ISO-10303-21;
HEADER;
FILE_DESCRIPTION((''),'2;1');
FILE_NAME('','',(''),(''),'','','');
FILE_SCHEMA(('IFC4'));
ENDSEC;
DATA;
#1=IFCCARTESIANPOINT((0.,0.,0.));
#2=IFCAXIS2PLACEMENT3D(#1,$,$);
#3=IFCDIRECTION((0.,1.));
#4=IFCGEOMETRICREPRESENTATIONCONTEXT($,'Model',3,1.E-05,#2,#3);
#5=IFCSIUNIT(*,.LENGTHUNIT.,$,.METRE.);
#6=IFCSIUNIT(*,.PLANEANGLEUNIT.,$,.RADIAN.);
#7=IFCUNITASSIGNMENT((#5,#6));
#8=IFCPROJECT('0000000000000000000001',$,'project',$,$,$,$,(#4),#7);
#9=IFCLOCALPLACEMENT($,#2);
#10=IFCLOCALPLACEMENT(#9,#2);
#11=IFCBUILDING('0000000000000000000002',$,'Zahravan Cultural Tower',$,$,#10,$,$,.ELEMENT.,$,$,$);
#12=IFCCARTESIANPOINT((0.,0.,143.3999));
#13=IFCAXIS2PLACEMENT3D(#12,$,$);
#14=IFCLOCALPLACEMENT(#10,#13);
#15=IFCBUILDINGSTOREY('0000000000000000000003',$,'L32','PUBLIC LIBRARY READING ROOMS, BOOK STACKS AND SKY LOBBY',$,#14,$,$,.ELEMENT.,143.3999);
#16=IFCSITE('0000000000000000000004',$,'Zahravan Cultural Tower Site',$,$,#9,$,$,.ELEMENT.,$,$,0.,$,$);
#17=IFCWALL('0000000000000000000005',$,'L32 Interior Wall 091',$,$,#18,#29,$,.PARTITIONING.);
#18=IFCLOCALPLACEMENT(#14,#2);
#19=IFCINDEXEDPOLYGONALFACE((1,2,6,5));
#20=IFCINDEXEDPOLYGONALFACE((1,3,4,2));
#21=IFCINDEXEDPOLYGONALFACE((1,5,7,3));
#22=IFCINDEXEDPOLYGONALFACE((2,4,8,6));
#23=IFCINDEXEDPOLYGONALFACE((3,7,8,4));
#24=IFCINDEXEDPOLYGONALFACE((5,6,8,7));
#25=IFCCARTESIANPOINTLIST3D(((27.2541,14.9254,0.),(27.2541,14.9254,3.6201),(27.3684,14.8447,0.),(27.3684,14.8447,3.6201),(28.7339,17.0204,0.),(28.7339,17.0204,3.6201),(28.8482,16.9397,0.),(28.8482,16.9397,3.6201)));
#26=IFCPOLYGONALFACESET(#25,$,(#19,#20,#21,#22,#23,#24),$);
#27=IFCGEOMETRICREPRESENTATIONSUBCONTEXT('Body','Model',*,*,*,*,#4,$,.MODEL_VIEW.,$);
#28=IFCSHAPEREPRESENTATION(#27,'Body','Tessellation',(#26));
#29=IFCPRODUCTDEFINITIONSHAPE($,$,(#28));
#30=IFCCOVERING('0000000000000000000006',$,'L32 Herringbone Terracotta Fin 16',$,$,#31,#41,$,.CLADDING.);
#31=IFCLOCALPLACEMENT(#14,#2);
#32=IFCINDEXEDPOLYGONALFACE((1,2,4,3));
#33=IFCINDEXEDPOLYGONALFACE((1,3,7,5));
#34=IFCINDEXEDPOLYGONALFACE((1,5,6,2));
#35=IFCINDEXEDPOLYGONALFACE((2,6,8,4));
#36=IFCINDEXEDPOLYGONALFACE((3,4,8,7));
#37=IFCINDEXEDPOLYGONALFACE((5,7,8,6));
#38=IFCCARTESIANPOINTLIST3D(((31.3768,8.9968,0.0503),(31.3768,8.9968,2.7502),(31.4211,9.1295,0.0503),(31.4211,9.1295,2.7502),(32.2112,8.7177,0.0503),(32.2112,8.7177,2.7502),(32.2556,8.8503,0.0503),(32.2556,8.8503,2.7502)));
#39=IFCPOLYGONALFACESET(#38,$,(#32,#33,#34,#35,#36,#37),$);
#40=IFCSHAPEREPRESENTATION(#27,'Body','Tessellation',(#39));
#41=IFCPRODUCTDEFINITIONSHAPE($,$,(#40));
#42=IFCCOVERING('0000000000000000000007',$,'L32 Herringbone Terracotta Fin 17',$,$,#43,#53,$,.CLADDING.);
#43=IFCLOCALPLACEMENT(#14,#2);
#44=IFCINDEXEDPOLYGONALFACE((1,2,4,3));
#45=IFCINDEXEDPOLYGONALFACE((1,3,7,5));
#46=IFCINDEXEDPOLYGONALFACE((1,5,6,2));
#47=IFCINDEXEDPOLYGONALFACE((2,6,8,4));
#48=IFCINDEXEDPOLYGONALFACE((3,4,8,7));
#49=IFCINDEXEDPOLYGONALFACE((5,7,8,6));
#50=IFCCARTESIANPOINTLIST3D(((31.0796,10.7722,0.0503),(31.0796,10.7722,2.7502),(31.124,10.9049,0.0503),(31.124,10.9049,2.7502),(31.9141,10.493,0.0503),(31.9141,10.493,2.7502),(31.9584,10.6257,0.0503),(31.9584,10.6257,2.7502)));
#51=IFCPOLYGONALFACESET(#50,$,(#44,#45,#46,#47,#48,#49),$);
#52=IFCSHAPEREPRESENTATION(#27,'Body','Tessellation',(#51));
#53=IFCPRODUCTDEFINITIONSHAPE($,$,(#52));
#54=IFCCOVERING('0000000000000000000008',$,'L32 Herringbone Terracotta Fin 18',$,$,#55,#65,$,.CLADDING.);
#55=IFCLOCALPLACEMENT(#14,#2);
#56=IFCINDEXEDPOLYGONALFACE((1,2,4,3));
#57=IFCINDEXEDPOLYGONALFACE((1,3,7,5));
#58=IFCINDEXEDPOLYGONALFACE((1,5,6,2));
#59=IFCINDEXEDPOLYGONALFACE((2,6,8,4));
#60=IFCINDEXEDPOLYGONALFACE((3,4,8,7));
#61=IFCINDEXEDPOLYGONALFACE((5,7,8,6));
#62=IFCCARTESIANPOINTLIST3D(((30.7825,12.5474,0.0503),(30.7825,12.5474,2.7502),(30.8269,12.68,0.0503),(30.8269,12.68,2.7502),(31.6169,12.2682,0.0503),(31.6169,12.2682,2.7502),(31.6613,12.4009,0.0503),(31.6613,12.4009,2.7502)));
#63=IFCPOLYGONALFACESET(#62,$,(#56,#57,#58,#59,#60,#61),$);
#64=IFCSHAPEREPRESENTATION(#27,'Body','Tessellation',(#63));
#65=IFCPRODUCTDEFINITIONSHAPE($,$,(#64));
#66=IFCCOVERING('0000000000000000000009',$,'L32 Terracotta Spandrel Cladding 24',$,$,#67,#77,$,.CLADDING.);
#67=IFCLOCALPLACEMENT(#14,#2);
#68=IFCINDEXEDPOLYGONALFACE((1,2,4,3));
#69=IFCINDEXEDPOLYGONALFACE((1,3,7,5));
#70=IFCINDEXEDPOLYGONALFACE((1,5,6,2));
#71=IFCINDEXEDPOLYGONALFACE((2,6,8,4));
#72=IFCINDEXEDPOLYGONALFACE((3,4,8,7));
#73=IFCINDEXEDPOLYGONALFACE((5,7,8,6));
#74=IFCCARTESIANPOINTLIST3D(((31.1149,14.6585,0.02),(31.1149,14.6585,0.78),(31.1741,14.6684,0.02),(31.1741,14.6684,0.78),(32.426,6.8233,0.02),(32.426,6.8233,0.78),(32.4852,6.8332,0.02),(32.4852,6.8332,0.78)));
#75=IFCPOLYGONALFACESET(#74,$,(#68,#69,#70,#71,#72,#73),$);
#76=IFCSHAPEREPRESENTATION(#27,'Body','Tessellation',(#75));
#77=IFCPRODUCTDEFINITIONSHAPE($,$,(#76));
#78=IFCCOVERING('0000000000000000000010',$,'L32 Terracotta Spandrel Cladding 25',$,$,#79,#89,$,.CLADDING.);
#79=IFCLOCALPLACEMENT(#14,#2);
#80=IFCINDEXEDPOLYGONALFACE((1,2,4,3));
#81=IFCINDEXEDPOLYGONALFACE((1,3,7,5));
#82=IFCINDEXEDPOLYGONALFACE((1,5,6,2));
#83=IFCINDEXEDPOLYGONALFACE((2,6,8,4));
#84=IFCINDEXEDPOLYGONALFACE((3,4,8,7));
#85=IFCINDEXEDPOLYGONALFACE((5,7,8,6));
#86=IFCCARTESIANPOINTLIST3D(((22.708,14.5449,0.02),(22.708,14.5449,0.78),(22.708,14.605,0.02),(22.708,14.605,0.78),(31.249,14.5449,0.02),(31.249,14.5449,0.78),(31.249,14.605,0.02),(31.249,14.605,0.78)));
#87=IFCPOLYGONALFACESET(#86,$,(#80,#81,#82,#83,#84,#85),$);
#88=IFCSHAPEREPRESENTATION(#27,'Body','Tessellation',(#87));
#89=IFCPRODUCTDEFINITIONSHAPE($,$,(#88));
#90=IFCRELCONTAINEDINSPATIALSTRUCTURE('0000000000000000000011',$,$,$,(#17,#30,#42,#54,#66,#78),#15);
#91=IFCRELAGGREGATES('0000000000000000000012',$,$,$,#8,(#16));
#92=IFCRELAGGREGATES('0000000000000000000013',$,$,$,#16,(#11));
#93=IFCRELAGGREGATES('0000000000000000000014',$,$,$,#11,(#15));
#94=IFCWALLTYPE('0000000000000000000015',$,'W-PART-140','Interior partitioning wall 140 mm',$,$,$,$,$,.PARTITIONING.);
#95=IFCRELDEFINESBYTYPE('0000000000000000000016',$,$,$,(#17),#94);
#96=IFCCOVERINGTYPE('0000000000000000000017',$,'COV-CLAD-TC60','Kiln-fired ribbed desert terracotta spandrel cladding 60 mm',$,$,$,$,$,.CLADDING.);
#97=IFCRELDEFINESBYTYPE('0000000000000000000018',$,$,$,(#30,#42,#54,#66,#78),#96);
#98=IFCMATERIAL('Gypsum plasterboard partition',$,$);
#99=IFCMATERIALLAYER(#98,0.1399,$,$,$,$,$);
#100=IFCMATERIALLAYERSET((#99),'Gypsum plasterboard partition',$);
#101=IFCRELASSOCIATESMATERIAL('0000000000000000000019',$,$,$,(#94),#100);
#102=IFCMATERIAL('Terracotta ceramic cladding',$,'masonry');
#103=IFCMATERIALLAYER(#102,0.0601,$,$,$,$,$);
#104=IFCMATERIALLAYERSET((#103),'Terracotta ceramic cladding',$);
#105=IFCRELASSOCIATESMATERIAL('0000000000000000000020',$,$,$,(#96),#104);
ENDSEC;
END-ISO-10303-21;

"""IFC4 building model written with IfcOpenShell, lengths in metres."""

from ifc_helpers import new_model, si_unit, direction, frame, frame_2d, origin, origin_2d, place, context, subcontext, project, spatial, rectangle, extrude, source, transform, mapped, material, layer, layer_set, type_object, element, save


model = new_model("IFC4")

# Units and contexts
model_context = context("Model", 3, precision=1e-05, world=origin(), true_north=direction((0.0, 1.0)))
body_context = subcontext(model_context, "Body", "Model", "MODEL_VIEW")
ifc_project = project(units=[si_unit("LENGTHUNIT", "METRE"), si_unit("PLANEANGLEUNIT", "RADIAN")], contexts=[model_context])

# Site, building, storey
site_placement = place(None, origin())
site = spatial("IfcSite", under=ifc_project, at=site_placement, Name="Zahravan Cultural Tower Site", CompositionType="ELEMENT", RefElevation=0.0)
building_placement = place(site_placement, origin())
building = spatial("IfcBuilding", under=site, at=building_placement, Name="Zahravan Cultural Tower", CompositionType="ELEMENT")
storey_placement = place(building_placement, frame((0.0, 0.0, 143.3999)))
storey = spatial("IfcBuildingStorey", under=building, at=storey_placement, Name="L32", Description="PUBLIC LIBRARY READING ROOMS, BOOK STACKS AND SKY LOBBY", CompositionType="ELEMENT", Elevation=143.3999)

# Shared definitions
ifc_material_1 = material(Name="Gypsum plasterboard partition")
ifc_layer_1 = layer(ifc_material_1, 0.1399)
ifc_layer_set_1 = layer_set([ifc_layer_1], Name="Gypsum plasterboard partition")
wall_type_1 = type_object("IfcWallType", Name="W-PART-140", Description="Interior partitioning wall 140 mm", PredefinedType="PARTITIONING", material=ifc_layer_set_1)

# Wall
shared_shape_1 = source(origin(), body_context, "Body", "SweptSolid", [
    extrude(rectangle(XDim=2.5649, YDim=0.1399, at=frame_2d((1.2825, 0.0))), origin(), (0.0, 0.0, 1.0), 3.6201),
])
wall_1_placement = place(storey_placement, frame((27.3113, 14.885, 0.0), z_axis=(0.0, 0.0, 1.0), x_axis=(0.576926, 0.816796, 0.0)))
element("IfcWall", 1, at=wall_1_placement, inside=storey, type_object=wall_type_1, Name="L32 Interior Wall 091", PredefinedType="PARTITIONING", context=body_context, shape_type="MappedRepresentation", body=[
    mapped(shared_shape_1, transform((0.0, 0.0, 0.0), x_axis=(1.0, 0.0, 0.0), y_axis=(0.0, 1.0, 0.0), z_axis=(0.0, 0.0, 1.0), scale=1.0)),
])

# Coverings
ifc_material_2 = material(Name="Terracotta ceramic cladding", Category="masonry")
ifc_layer_2 = layer(ifc_material_2, 0.0601)
ifc_layer_set_2 = layer_set([ifc_layer_2], Name="Terracotta ceramic cladding")
covering_type = type_object("IfcCoveringType", Name="COV-CLAD-TC60", Description="Kiln-fired ribbed desert terracotta spandrel cladding 60 mm", PredefinedType="CLADDING", material=ifc_layer_set_2)
shared_shape_2 = source(origin(), body_context, "Body", "SweptSolid", [
    extrude(rectangle(XDim=0.8799, YDim=0.1399, at=origin_2d()), origin(), (0.0, 0.0, 1.0), 2.7),
])
for number, where, z_axis, x_axis, name in (
    (2, (31.8162, 8.9236, 0.0503), (0.0, 0.0, 1.0), (-0.948324, 0.317305, 0.0), "L32 Herringbone Terracotta Fin 16"),
    (3, (31.519, 10.699, 0.0503), (0.0, 0.0, 1.0), (-0.948324, 0.317305, 0.0), "L32 Herringbone Terracotta Fin 17"),
    (4, (31.2219, 12.4741, 0.0503), (0.0, 0.0, 1.0), (-0.948324, 0.317305, 0.0), "L32 Herringbone Terracotta Fin 18"),
):
    element("IfcCovering", number, at=place(storey_placement, frame(where, z_axis=z_axis, x_axis=x_axis)), inside=storey, type_object=covering_type, Name=name, PredefinedType="CLADDING", context=body_context, shape_type="MappedRepresentation", body=[
        mapped(shared_shape_2, transform((0.0, 0.0, 0.0), x_axis=(1.0, 0.0, 0.0), y_axis=(0.0, 1.0, 0.0), z_axis=(0.0, 0.0, 1.0), scale=1.0)),
    ])
shared_shape_3 = source(origin(), body_context, "Body", "SweptSolid", [
    extrude(rectangle(XDim=7.9441, YDim=0.0601, at=origin_2d()), origin(), (0.0, 0.0, 1.0), 0.76),
])
covering_1_placement = place(storey_placement, frame((31.8, 10.7458, 0.02), z_axis=(0.0, 0.0, 1.0), x_axis=(-0.165048, 0.986286, 0.0)))
element("IfcCovering", 5, at=covering_1_placement, inside=storey, type_object=covering_type, Name="L32 Terracotta Spandrel Cladding 24", PredefinedType="CLADDING", context=body_context, shape_type="MappedRepresentation", body=[
    mapped(shared_shape_3, transform((0.0, 0.0, 0.0), x_axis=(1.0, 0.0, 0.0), y_axis=(0.0, 1.0, 0.0), z_axis=(0.0, 0.0, 1.0), scale=1.0)),
])
shared_shape_4 = source(origin(), body_context, "Body", "SweptSolid", [
    extrude(rectangle(XDim=8.541, YDim=0.0601, at=origin_2d()), origin(), (0.0, 0.0, 1.0), 0.76),
])
covering_2_placement = place(storey_placement, frame((26.9785, 14.575, 0.02), z_axis=(0.0, 0.0, 1.0), x_axis=(-1.0, 0.0, 0.0)))
element("IfcCovering", 6, at=covering_2_placement, inside=storey, type_object=covering_type, Name="L32 Terracotta Spandrel Cladding 25", PredefinedType="CLADDING", context=body_context, shape_type="MappedRepresentation", body=[
    mapped(shared_shape_4, transform((0.0, 0.0, 0.0), x_axis=(1.0, 0.0, 0.0), y_axis=(0.0, 1.0, 0.0), z_axis=(0.0, 0.0, 1.0), scale=1.0)),
])

save(model, "model.ifc")
